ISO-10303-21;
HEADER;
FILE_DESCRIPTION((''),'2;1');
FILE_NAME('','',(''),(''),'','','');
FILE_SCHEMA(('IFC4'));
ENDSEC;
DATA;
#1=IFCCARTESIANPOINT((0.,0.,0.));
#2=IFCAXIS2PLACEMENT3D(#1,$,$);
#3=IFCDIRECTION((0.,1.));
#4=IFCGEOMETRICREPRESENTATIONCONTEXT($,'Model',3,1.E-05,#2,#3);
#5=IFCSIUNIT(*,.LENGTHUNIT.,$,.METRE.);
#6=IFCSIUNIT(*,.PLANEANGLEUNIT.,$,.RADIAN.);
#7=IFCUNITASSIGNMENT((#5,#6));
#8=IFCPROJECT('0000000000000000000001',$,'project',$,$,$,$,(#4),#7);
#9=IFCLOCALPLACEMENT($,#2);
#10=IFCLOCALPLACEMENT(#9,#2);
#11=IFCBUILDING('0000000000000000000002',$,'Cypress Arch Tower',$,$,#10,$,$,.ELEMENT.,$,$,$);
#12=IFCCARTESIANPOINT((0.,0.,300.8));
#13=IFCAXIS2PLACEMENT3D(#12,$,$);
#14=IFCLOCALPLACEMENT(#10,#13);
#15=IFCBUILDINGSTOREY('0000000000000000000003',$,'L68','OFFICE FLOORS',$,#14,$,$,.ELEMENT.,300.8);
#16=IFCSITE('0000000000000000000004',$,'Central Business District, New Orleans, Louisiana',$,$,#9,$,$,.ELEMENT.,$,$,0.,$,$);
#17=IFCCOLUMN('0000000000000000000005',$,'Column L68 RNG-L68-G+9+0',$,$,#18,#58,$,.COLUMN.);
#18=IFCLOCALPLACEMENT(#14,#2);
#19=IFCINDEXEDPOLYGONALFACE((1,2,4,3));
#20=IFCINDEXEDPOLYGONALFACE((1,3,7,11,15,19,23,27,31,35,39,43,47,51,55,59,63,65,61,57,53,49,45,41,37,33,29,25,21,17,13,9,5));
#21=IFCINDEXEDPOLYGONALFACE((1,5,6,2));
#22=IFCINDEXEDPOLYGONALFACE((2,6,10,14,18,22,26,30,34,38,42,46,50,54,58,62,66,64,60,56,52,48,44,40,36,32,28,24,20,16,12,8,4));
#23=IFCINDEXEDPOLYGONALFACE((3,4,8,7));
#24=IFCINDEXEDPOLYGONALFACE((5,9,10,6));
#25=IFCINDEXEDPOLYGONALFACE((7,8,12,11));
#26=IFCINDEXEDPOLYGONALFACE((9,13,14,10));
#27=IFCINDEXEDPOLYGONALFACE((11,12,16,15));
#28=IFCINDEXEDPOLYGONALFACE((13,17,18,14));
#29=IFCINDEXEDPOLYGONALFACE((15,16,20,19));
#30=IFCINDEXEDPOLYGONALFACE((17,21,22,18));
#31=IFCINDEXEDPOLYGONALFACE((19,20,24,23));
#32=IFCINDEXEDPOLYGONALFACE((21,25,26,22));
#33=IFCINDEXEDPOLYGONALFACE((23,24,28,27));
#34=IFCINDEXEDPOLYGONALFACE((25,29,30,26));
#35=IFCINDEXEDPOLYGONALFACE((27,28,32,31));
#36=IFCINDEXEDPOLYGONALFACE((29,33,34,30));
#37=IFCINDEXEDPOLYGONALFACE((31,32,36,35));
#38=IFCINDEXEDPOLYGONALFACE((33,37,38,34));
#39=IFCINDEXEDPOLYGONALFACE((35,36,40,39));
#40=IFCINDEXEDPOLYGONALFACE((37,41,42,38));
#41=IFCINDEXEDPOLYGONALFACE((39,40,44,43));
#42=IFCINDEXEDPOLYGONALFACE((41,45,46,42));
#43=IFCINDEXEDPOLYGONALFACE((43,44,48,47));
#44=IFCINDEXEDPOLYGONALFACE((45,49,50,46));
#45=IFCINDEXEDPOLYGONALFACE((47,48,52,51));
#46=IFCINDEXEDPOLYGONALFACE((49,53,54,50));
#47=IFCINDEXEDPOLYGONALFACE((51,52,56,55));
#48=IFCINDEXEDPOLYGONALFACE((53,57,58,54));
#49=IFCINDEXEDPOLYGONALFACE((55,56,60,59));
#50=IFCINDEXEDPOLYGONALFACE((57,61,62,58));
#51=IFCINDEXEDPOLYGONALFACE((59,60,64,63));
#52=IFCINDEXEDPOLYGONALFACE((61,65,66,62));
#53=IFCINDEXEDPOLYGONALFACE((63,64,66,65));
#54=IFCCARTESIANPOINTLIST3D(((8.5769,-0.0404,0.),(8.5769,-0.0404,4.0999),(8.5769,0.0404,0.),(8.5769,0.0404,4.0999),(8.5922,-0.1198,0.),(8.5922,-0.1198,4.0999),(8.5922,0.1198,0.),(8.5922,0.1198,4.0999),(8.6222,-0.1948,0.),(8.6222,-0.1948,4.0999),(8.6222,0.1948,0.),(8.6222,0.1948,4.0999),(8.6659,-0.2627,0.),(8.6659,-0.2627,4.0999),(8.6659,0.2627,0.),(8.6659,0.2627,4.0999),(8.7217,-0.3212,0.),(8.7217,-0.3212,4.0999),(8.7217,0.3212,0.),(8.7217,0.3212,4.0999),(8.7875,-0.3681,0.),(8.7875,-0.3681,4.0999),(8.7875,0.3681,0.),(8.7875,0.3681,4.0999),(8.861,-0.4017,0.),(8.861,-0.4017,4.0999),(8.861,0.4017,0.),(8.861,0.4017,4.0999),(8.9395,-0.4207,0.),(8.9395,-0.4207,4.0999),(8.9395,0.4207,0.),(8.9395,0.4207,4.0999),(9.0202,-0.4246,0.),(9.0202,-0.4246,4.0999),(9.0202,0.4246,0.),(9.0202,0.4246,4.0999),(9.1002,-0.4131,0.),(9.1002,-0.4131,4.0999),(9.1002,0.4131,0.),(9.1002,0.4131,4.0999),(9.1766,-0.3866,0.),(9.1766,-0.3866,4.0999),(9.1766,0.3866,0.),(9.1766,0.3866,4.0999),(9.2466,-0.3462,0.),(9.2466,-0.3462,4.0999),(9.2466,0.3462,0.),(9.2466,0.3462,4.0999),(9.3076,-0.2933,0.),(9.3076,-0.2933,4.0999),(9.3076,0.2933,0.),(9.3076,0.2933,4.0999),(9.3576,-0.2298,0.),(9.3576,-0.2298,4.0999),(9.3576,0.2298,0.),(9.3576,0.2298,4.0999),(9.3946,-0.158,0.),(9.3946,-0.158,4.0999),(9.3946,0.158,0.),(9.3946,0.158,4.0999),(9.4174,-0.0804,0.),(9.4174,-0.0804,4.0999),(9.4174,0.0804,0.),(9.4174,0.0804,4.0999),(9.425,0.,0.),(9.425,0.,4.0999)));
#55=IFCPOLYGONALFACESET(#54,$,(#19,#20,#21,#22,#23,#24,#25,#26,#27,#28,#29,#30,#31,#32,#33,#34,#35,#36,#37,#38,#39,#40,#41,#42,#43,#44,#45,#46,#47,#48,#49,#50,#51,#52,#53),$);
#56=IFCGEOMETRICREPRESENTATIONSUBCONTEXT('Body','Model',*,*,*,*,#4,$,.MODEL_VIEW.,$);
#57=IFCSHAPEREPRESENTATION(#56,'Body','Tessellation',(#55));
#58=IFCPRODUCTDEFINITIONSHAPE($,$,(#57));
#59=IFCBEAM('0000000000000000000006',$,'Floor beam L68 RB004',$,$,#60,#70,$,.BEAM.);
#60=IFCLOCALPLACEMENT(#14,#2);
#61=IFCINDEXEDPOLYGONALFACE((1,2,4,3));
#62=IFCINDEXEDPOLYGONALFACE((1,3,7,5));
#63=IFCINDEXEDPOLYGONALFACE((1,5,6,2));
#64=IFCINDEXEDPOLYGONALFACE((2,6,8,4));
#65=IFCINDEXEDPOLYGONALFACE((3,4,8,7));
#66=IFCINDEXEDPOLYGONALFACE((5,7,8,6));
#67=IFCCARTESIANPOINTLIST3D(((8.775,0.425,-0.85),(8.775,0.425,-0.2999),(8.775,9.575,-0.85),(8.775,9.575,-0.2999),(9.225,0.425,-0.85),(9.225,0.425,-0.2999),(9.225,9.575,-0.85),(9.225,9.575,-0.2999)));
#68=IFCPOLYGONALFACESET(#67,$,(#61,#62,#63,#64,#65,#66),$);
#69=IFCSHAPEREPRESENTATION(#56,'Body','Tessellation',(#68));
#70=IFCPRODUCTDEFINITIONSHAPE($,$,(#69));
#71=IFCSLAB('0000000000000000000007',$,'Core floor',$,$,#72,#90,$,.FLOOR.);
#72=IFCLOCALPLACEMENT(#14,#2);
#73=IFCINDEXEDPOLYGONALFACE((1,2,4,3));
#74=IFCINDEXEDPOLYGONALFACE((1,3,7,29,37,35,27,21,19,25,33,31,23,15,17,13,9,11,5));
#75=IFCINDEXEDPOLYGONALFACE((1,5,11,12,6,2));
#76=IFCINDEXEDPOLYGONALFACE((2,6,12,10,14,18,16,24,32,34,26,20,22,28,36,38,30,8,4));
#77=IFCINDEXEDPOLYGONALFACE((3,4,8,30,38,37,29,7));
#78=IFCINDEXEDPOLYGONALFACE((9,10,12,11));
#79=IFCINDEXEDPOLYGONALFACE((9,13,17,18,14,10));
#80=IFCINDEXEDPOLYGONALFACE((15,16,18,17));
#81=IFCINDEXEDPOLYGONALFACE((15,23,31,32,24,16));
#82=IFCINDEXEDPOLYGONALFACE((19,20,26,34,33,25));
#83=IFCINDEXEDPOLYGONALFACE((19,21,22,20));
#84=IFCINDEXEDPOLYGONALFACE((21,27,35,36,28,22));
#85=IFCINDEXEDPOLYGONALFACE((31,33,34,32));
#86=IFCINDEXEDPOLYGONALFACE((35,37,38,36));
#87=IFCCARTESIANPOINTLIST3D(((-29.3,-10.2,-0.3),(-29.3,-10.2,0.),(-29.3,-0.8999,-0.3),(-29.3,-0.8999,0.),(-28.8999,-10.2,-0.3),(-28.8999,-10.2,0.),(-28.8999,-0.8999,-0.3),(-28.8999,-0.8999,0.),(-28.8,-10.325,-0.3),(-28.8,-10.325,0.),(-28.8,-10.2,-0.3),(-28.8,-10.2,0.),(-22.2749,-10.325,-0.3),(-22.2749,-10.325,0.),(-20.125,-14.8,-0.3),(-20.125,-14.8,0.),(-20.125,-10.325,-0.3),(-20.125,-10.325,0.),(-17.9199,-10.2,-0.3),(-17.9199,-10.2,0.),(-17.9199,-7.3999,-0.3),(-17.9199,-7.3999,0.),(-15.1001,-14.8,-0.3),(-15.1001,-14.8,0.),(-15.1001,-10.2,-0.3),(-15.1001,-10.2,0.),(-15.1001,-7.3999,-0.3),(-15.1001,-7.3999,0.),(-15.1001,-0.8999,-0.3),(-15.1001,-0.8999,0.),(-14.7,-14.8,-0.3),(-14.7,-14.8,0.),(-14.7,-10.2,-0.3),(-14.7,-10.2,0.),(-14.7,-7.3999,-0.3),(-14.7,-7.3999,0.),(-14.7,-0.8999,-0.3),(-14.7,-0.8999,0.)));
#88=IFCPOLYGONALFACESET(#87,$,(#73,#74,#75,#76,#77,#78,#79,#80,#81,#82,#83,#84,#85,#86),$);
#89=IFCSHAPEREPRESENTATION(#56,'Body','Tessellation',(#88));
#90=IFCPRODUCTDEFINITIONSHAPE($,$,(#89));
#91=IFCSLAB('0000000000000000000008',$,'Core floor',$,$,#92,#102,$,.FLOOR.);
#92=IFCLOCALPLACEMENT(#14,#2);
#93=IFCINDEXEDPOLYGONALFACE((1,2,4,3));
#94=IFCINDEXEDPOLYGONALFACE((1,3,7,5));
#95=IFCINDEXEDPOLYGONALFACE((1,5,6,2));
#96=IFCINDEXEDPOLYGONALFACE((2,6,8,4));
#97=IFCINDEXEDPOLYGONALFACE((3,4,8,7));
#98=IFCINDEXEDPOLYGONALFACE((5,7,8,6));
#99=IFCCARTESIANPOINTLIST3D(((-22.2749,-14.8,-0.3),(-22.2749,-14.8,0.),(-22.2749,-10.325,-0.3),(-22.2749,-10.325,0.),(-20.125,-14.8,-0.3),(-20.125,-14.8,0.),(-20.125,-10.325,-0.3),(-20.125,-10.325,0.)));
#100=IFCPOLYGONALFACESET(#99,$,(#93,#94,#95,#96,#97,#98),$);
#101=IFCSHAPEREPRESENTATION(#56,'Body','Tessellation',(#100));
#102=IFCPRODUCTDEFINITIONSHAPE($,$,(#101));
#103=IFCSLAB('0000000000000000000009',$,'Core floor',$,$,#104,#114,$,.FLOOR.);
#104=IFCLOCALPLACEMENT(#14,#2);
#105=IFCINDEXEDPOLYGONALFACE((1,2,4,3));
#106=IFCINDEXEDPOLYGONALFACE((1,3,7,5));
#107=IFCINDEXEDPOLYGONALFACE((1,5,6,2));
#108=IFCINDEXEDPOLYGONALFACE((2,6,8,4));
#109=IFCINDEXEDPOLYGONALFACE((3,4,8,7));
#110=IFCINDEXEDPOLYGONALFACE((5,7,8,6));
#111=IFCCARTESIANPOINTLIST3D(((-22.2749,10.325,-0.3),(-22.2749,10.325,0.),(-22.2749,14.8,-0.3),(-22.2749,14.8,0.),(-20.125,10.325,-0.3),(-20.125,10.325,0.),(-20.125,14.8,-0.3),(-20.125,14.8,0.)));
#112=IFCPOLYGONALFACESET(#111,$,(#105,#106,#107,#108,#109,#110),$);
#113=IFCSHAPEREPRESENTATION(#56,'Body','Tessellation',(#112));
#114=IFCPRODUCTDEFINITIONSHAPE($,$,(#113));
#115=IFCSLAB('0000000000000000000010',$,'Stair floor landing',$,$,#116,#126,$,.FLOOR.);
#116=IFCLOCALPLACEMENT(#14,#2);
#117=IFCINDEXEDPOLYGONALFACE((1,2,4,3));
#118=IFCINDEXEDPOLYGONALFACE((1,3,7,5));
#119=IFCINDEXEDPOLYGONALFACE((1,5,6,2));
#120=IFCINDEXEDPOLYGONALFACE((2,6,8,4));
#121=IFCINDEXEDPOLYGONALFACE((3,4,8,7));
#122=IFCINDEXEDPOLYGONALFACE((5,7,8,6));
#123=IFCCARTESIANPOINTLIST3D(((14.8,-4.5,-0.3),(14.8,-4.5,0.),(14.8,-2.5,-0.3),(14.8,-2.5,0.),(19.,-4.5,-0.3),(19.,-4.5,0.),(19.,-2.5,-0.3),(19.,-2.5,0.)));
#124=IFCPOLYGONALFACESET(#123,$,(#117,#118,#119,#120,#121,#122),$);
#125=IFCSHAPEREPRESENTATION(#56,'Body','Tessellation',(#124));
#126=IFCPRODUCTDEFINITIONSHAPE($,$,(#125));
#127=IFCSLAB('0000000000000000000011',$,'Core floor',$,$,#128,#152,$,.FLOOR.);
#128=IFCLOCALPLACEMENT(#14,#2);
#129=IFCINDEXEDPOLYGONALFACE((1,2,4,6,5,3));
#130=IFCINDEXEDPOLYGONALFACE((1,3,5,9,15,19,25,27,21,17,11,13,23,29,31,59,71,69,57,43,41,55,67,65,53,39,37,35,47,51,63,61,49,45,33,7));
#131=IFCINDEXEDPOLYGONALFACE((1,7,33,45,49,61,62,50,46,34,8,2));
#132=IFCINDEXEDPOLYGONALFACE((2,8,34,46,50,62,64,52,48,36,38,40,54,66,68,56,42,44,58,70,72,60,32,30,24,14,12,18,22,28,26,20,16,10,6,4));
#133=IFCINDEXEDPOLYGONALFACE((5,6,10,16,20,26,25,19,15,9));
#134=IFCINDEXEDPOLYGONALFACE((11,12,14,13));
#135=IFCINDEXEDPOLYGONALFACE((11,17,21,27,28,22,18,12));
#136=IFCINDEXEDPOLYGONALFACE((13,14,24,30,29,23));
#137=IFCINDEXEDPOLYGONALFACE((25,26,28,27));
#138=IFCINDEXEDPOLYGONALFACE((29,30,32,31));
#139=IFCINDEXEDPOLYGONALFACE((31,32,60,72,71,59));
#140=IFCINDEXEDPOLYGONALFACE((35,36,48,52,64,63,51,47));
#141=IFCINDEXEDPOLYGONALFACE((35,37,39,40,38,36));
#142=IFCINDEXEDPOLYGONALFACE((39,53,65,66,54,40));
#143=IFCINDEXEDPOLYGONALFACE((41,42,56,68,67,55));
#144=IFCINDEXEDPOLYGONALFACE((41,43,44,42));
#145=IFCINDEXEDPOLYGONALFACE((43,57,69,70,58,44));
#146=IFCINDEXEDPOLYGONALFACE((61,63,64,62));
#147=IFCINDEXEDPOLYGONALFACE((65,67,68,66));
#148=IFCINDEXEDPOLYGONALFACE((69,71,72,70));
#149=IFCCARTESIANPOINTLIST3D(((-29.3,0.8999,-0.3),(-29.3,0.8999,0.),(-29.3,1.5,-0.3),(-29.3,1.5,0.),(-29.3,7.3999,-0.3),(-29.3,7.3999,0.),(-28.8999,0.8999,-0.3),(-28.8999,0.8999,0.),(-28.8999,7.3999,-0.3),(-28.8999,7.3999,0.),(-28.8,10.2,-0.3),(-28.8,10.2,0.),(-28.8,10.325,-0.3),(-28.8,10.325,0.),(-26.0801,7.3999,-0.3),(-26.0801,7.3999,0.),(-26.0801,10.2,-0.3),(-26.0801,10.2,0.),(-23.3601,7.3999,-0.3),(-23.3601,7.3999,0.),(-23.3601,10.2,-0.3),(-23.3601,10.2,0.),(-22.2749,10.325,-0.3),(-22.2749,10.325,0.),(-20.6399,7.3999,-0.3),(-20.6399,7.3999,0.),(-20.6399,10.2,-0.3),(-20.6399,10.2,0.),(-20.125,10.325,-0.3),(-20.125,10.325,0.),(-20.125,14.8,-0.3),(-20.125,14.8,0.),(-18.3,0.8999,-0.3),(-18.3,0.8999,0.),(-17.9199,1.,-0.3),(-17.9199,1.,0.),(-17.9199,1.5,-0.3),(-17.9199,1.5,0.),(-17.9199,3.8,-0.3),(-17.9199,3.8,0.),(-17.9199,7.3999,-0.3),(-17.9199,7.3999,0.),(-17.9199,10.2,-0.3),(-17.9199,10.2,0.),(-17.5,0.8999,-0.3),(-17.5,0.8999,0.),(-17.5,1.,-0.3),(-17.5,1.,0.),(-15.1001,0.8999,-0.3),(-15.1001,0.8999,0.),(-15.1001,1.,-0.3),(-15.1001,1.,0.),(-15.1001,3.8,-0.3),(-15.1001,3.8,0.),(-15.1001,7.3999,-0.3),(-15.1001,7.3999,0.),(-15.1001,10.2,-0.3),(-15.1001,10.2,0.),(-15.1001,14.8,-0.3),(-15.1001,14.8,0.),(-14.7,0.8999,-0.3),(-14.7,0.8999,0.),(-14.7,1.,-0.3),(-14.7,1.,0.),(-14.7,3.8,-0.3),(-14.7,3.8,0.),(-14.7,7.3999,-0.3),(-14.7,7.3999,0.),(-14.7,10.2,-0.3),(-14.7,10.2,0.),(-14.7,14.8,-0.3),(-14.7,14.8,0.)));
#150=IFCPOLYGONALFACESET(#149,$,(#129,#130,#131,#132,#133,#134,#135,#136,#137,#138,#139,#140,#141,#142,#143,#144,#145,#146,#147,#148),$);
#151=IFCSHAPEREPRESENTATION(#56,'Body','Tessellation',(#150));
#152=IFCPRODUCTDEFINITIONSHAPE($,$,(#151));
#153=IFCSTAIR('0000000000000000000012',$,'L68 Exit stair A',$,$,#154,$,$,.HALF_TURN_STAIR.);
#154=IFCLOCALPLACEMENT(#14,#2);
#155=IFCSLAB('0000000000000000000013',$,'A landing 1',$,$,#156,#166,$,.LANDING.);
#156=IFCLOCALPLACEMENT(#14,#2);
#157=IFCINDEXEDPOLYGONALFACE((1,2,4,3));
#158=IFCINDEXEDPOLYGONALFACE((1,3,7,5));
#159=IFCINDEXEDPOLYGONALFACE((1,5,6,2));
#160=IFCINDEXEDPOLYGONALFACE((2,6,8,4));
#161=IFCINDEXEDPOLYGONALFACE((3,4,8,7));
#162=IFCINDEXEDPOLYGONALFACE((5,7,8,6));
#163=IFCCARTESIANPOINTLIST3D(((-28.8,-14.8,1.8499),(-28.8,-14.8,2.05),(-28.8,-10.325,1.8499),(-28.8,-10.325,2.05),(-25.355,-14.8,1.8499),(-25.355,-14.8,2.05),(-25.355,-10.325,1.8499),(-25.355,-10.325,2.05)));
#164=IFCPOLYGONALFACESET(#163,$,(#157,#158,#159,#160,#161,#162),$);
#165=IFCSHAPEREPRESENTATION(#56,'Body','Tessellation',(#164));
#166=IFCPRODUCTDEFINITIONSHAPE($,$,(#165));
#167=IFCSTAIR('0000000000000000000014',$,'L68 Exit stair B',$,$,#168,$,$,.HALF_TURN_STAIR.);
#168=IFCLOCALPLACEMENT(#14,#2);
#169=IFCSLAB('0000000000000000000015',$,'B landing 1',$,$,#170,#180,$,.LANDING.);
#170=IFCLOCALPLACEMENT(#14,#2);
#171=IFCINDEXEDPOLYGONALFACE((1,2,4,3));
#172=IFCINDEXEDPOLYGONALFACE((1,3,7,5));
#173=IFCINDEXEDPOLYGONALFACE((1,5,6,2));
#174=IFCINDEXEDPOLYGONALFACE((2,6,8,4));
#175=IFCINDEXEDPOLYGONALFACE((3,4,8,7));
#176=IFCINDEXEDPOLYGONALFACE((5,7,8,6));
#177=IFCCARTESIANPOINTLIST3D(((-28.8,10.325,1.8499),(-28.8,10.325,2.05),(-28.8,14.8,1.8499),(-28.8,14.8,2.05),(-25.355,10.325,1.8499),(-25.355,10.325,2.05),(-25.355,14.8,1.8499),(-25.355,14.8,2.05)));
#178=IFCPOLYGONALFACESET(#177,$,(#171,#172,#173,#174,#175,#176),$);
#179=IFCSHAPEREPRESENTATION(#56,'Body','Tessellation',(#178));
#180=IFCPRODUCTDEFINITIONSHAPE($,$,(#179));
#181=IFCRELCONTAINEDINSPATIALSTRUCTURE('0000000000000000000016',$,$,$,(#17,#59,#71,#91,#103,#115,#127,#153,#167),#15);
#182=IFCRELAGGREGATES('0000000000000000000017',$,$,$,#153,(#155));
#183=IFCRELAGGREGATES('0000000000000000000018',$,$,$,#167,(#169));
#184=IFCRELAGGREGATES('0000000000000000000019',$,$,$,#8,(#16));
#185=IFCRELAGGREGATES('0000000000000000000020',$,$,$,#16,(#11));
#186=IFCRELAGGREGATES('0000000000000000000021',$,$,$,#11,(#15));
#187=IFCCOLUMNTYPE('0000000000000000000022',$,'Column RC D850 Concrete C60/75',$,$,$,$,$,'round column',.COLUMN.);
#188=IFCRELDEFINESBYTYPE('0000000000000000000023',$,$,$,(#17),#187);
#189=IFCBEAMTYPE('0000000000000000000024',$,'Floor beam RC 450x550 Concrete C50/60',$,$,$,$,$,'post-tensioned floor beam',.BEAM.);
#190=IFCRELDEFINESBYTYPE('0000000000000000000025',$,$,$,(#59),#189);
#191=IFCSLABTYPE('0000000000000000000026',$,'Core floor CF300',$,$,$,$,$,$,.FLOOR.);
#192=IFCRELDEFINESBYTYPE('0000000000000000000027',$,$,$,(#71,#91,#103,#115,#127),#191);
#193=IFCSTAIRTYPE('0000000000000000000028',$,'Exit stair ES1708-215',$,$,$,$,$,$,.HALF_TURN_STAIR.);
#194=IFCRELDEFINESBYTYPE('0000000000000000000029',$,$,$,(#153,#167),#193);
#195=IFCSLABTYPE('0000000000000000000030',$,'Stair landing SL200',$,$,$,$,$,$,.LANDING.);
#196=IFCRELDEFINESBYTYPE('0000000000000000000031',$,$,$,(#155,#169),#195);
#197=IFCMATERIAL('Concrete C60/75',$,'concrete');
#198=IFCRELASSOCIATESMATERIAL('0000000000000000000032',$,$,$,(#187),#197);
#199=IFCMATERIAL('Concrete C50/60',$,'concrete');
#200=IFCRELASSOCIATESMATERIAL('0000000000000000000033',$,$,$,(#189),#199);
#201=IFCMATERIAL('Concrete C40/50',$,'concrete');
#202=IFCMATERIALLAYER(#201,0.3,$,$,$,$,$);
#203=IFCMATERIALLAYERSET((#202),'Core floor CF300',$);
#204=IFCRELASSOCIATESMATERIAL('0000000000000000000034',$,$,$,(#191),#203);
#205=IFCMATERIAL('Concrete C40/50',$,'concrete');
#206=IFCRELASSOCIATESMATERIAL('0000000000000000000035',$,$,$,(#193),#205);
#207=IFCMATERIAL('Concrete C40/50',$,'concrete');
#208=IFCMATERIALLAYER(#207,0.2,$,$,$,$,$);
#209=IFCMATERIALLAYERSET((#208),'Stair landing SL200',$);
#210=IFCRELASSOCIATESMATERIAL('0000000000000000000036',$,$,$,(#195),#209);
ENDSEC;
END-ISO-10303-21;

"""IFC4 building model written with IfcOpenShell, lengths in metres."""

from ifc_helpers import new_model, si_unit, direction, frame, origin, origin_2d, place, context, subcontext, project, spatial, polyline, rectangle, circle, outline, extrude, material, layer, layer_set, material_profile, profile_set, type_object, element, aggregate, save


model = new_model("IFC4")

# Units and contexts
model_context = context("Model", 3, precision=1e-05, world=origin(), true_north=direction((0.0, 1.0)))
body_context = subcontext(model_context, "Body", "Model", "MODEL_VIEW")
ifc_project = project(units=[si_unit("LENGTHUNIT", "METRE"), si_unit("PLANEANGLEUNIT", "RADIAN")], contexts=[model_context])

# Site, building, storey
site_placement = place(None, origin())
site = spatial("IfcSite", under=ifc_project, at=site_placement, Name="Central Business District, New Orleans, Louisiana", CompositionType="ELEMENT", RefElevation=0.0)
building_placement = place(site_placement, origin())
building = spatial("IfcBuilding", under=site, at=building_placement, Name="Cypress Arch Tower", CompositionType="ELEMENT")
storey_placement = place(building_placement, frame((0.0, 0.0, 300.8)))
storey = spatial("IfcBuildingStorey", under=building, at=storey_placement, Name="L68", Description="OFFICE FLOORS", CompositionType="ELEMENT", Elevation=300.8)

# Column
ifc_material_1 = material(Name="Concrete C60/75", Category="concrete")
ifc_material_profile_1 = material_profile(ifc_material_1, circle(Radius=0.425, at=origin_2d()), Name="RC D850")
ifc_profile_set_1 = profile_set([ifc_material_profile_1], Name="Concrete C60/75")
column_type = type_object("IfcColumnType", Name="Column RC D850 Concrete C60/75", ElementType="round column", PredefinedType="COLUMN", material=ifc_profile_set_1)
column_placement = place(storey_placement, frame((9.0, 0.0, 0.0), z_axis=(0.0, 0.0, 1.0), x_axis=(1.0, 0.0, 0.0)))
element("IfcColumn", 1, at=column_placement, inside=storey, type_object=column_type, Name="Column L68 RNG-L68-G+9+0", PredefinedType="COLUMN", context=body_context, shape_type="SweptSolid", body=[
    extrude(circle(Radius=0.425, at=origin_2d()), origin(), (0.0, 0.0, 1.0), 4.0999),
])

# Beam
ifc_material_2 = material(Name="Concrete C50/60", Category="concrete")
ifc_material_profile_2 = material_profile(ifc_material_2, rectangle(XDim=0.45, YDim=0.55, at=origin_2d()), Name="RC 450x550")
ifc_profile_set_2 = profile_set([ifc_material_profile_2], Name="Concrete C50/60")
beam_type = type_object("IfcBeamType", Name="Floor beam RC 450x550 Concrete C50/60", ElementType="post-tensioned floor beam", PredefinedType="BEAM", material=ifc_profile_set_2)
beam_placement = place(storey_placement, frame((9.0, 0.425, -0.575), z_axis=(0.0, 1.0, 0.0), x_axis=(-1.0, 0.0, 0.0)))
element("IfcBeam", 2, at=beam_placement, inside=storey, type_object=beam_type, Name="Floor beam L68 RB004", PredefinedType="BEAM", context=body_context, shape_type="SweptSolid", body=[
    extrude(rectangle(XDim=0.45, YDim=0.55, at=origin_2d()), origin(), (0.0, 0.0, 1.0), 9.1499),
])

# Slabs
ifc_material_3 = material(Name="Concrete C40/50", Category="concrete")
ifc_layer_1 = layer(ifc_material_3, 0.3)
ifc_layer_set_1 = layer_set([ifc_layer_1], Name="Core floor CF300")
slab_type_1 = type_object("IfcSlabType", Name="Core floor CF300", PredefinedType="FLOOR", material=ifc_layer_set_1)
slab_1_placement = place(storey_placement, frame((0.0, 0.0, -0.3)))
element("IfcSlab", 3, at=slab_1_placement, inside=storey, type_object=slab_type_1, Name="Core floor", PredefinedType="FLOOR", context=body_context, shape_type="SweptSolid", body=[
    extrude(outline(polyline([(-28.8999, -10.2), (-29.3, -10.2), (-29.3, -0.8999), (-28.8999, -0.8999), (-15.1001, -0.8999), (-14.7, -0.8999), (-14.7, -7.3999), (-15.1001, -7.3999), (-17.9199, -7.3999), (-17.9199, -10.2), (-15.1001, -10.2), (-14.7, -10.2), (-14.7, -14.8), (-15.1001, -14.8), (-20.125, -14.8), (-20.125, -10.325), (-22.2749, -10.325), (-28.8, -10.325), (-28.8, -10.2), (-28.8999, -10.2)])), origin(), (0.0, 0.0, 1.0), 0.3),
])
slab_2_placement = place(storey_placement, frame((0.0, 0.0, -0.3)))
element("IfcSlab", 4, at=slab_2_placement, inside=storey, type_object=slab_type_1, Name="Core floor", PredefinedType="FLOOR", context=body_context, shape_type="SweptSolid", body=[
    extrude(outline(polyline([(-22.2749, -10.325), (-22.2749, -14.8), (-20.125, -14.8), (-20.125, -10.325), (-22.2749, -10.325)])), origin(), (0.0, 0.0, 1.0), 0.3),
])
slab_3_placement = place(storey_placement, frame((0.0, 0.0, -0.3)))
element("IfcSlab", 5, at=slab_3_placement, inside=storey, type_object=slab_type_1, Name="Core floor", PredefinedType="FLOOR", context=body_context, shape_type="SweptSolid", body=[
    extrude(outline(polyline([(-20.125, 14.8), (-22.2749, 14.8), (-22.2749, 10.325), (-20.125, 10.325), (-20.125, 14.8)])), origin(), (0.0, 0.0, 1.0), 0.3),
])
slab_4_placement = place(storey_placement, frame((0.0, 0.0, -0.3)))
element("IfcSlab", 6, at=slab_4_placement, inside=storey, type_object=slab_type_1, Name="Stair floor landing", PredefinedType="FLOOR", context=body_context, shape_type="SweptSolid", body=[
    extrude(outline(polyline([(19.0, -4.5), (19.0, -2.5), (14.8, -2.5), (14.8, -4.5), (19.0, -4.5)])), origin(), (0.0, 0.0, 1.0), 0.3),
])
slab_5_placement = place(storey_placement, frame((0.0, 0.0, -0.3)))
element("IfcSlab", 7, at=slab_5_placement, inside=storey, type_object=slab_type_1, Name="Core floor", PredefinedType="FLOOR", context=body_context, shape_type="SweptSolid", body=[
    extrude(outline(polyline([(-20.6399, 10.2), (-23.3601, 10.2), (-26.0801, 10.2), (-28.8, 10.2), (-28.8, 10.325), (-22.2749, 10.325), (-20.125, 10.325), (-20.125, 14.8), (-15.1001, 14.8), (-14.7, 14.8), (-14.7, 10.2), (-15.1001, 10.2), (-17.9199, 10.2), (-17.9199, 7.3999), (-15.1001, 7.3999), (-14.7, 7.3999), (-14.7, 3.8), (-15.1001, 3.8), (-17.9199, 3.8), (-17.9199, 1.5), (-17.9199, 1.0), (-17.5, 1.0), (-15.1001, 1.0), (-14.7, 1.0), (-14.7, 0.8999), (-15.1001, 0.8999), (-17.5, 0.8999), (-18.3, 0.8999), (-28.8999, 0.8999), (-29.3, 0.8999), (-29.3, 1.5), (-29.3, 7.3999), (-28.8999, 7.3999), (-26.0801, 7.3999), (-23.3601, 7.3999), (-20.6399, 7.3999), (-20.6399, 10.2)])), origin(), (0.0, 0.0, 1.0), 0.3),
])

# Stairs, slabs
ifc_material_4 = material(Name="Concrete C40/50", Category="concrete")
stair_type_1 = type_object("IfcStairType", Name="Exit stair ES1708-215", PredefinedType="HALF_TURN_STAIR", material=ifc_material_4)
stair_1_placement = place(storey_placement, origin())
stair_1 = element("IfcStair", 8, at=stair_1_placement, inside=storey, type_object=stair_type_1, Name="L68 Exit stair A", PredefinedType="HALF_TURN_STAIR")
ifc_material_5 = material(Name="Concrete C40/50", Category="concrete")
ifc_layer_2 = layer(ifc_material_5, 0.2)
ifc_layer_set_2 = layer_set([ifc_layer_2], Name="Stair landing SL200")
slab_type_2 = type_object("IfcSlabType", Name="Stair landing SL200", PredefinedType="LANDING", material=ifc_layer_set_2)
slab_6_placement = place(storey_placement, frame((0.0, 0.0, 1.8499)))
slab_6 = element("IfcSlab", 9, at=slab_6_placement, type_object=slab_type_2, Name="A landing 1", PredefinedType="LANDING", context=body_context, shape_type="SweptSolid", body=[
    extrude(outline(polyline([(-25.355, -10.325), (-28.8, -10.325), (-28.8, -14.8), (-25.355, -14.8), (-25.355, -10.325)])), origin(), (0.0, 0.0, 1.0), 0.2002),
])
aggregate(stair_1, [slab_6])
stair_2_placement = place(storey_placement, origin())
stair_2 = element("IfcStair", 10, at=stair_2_placement, inside=storey, type_object=stair_type_1, Name="L68 Exit stair B", PredefinedType="HALF_TURN_STAIR")
slab_7_placement = place(storey_placement, frame((0.0, 0.0, 1.8499)))
slab_7 = element("IfcSlab", 11, at=slab_7_placement, type_object=slab_type_2, Name="B landing 1", PredefinedType="LANDING", context=body_context, shape_type="SweptSolid", body=[
    extrude(outline(polyline([(-25.355, 14.8), (-28.8, 14.8), (-28.8, 10.325), (-25.355, 10.325), (-25.355, 14.8)])), origin(), (0.0, 0.0, 1.0), 0.2002),
])
aggregate(stair_2, [slab_7])

save(model, "model.ifc")
